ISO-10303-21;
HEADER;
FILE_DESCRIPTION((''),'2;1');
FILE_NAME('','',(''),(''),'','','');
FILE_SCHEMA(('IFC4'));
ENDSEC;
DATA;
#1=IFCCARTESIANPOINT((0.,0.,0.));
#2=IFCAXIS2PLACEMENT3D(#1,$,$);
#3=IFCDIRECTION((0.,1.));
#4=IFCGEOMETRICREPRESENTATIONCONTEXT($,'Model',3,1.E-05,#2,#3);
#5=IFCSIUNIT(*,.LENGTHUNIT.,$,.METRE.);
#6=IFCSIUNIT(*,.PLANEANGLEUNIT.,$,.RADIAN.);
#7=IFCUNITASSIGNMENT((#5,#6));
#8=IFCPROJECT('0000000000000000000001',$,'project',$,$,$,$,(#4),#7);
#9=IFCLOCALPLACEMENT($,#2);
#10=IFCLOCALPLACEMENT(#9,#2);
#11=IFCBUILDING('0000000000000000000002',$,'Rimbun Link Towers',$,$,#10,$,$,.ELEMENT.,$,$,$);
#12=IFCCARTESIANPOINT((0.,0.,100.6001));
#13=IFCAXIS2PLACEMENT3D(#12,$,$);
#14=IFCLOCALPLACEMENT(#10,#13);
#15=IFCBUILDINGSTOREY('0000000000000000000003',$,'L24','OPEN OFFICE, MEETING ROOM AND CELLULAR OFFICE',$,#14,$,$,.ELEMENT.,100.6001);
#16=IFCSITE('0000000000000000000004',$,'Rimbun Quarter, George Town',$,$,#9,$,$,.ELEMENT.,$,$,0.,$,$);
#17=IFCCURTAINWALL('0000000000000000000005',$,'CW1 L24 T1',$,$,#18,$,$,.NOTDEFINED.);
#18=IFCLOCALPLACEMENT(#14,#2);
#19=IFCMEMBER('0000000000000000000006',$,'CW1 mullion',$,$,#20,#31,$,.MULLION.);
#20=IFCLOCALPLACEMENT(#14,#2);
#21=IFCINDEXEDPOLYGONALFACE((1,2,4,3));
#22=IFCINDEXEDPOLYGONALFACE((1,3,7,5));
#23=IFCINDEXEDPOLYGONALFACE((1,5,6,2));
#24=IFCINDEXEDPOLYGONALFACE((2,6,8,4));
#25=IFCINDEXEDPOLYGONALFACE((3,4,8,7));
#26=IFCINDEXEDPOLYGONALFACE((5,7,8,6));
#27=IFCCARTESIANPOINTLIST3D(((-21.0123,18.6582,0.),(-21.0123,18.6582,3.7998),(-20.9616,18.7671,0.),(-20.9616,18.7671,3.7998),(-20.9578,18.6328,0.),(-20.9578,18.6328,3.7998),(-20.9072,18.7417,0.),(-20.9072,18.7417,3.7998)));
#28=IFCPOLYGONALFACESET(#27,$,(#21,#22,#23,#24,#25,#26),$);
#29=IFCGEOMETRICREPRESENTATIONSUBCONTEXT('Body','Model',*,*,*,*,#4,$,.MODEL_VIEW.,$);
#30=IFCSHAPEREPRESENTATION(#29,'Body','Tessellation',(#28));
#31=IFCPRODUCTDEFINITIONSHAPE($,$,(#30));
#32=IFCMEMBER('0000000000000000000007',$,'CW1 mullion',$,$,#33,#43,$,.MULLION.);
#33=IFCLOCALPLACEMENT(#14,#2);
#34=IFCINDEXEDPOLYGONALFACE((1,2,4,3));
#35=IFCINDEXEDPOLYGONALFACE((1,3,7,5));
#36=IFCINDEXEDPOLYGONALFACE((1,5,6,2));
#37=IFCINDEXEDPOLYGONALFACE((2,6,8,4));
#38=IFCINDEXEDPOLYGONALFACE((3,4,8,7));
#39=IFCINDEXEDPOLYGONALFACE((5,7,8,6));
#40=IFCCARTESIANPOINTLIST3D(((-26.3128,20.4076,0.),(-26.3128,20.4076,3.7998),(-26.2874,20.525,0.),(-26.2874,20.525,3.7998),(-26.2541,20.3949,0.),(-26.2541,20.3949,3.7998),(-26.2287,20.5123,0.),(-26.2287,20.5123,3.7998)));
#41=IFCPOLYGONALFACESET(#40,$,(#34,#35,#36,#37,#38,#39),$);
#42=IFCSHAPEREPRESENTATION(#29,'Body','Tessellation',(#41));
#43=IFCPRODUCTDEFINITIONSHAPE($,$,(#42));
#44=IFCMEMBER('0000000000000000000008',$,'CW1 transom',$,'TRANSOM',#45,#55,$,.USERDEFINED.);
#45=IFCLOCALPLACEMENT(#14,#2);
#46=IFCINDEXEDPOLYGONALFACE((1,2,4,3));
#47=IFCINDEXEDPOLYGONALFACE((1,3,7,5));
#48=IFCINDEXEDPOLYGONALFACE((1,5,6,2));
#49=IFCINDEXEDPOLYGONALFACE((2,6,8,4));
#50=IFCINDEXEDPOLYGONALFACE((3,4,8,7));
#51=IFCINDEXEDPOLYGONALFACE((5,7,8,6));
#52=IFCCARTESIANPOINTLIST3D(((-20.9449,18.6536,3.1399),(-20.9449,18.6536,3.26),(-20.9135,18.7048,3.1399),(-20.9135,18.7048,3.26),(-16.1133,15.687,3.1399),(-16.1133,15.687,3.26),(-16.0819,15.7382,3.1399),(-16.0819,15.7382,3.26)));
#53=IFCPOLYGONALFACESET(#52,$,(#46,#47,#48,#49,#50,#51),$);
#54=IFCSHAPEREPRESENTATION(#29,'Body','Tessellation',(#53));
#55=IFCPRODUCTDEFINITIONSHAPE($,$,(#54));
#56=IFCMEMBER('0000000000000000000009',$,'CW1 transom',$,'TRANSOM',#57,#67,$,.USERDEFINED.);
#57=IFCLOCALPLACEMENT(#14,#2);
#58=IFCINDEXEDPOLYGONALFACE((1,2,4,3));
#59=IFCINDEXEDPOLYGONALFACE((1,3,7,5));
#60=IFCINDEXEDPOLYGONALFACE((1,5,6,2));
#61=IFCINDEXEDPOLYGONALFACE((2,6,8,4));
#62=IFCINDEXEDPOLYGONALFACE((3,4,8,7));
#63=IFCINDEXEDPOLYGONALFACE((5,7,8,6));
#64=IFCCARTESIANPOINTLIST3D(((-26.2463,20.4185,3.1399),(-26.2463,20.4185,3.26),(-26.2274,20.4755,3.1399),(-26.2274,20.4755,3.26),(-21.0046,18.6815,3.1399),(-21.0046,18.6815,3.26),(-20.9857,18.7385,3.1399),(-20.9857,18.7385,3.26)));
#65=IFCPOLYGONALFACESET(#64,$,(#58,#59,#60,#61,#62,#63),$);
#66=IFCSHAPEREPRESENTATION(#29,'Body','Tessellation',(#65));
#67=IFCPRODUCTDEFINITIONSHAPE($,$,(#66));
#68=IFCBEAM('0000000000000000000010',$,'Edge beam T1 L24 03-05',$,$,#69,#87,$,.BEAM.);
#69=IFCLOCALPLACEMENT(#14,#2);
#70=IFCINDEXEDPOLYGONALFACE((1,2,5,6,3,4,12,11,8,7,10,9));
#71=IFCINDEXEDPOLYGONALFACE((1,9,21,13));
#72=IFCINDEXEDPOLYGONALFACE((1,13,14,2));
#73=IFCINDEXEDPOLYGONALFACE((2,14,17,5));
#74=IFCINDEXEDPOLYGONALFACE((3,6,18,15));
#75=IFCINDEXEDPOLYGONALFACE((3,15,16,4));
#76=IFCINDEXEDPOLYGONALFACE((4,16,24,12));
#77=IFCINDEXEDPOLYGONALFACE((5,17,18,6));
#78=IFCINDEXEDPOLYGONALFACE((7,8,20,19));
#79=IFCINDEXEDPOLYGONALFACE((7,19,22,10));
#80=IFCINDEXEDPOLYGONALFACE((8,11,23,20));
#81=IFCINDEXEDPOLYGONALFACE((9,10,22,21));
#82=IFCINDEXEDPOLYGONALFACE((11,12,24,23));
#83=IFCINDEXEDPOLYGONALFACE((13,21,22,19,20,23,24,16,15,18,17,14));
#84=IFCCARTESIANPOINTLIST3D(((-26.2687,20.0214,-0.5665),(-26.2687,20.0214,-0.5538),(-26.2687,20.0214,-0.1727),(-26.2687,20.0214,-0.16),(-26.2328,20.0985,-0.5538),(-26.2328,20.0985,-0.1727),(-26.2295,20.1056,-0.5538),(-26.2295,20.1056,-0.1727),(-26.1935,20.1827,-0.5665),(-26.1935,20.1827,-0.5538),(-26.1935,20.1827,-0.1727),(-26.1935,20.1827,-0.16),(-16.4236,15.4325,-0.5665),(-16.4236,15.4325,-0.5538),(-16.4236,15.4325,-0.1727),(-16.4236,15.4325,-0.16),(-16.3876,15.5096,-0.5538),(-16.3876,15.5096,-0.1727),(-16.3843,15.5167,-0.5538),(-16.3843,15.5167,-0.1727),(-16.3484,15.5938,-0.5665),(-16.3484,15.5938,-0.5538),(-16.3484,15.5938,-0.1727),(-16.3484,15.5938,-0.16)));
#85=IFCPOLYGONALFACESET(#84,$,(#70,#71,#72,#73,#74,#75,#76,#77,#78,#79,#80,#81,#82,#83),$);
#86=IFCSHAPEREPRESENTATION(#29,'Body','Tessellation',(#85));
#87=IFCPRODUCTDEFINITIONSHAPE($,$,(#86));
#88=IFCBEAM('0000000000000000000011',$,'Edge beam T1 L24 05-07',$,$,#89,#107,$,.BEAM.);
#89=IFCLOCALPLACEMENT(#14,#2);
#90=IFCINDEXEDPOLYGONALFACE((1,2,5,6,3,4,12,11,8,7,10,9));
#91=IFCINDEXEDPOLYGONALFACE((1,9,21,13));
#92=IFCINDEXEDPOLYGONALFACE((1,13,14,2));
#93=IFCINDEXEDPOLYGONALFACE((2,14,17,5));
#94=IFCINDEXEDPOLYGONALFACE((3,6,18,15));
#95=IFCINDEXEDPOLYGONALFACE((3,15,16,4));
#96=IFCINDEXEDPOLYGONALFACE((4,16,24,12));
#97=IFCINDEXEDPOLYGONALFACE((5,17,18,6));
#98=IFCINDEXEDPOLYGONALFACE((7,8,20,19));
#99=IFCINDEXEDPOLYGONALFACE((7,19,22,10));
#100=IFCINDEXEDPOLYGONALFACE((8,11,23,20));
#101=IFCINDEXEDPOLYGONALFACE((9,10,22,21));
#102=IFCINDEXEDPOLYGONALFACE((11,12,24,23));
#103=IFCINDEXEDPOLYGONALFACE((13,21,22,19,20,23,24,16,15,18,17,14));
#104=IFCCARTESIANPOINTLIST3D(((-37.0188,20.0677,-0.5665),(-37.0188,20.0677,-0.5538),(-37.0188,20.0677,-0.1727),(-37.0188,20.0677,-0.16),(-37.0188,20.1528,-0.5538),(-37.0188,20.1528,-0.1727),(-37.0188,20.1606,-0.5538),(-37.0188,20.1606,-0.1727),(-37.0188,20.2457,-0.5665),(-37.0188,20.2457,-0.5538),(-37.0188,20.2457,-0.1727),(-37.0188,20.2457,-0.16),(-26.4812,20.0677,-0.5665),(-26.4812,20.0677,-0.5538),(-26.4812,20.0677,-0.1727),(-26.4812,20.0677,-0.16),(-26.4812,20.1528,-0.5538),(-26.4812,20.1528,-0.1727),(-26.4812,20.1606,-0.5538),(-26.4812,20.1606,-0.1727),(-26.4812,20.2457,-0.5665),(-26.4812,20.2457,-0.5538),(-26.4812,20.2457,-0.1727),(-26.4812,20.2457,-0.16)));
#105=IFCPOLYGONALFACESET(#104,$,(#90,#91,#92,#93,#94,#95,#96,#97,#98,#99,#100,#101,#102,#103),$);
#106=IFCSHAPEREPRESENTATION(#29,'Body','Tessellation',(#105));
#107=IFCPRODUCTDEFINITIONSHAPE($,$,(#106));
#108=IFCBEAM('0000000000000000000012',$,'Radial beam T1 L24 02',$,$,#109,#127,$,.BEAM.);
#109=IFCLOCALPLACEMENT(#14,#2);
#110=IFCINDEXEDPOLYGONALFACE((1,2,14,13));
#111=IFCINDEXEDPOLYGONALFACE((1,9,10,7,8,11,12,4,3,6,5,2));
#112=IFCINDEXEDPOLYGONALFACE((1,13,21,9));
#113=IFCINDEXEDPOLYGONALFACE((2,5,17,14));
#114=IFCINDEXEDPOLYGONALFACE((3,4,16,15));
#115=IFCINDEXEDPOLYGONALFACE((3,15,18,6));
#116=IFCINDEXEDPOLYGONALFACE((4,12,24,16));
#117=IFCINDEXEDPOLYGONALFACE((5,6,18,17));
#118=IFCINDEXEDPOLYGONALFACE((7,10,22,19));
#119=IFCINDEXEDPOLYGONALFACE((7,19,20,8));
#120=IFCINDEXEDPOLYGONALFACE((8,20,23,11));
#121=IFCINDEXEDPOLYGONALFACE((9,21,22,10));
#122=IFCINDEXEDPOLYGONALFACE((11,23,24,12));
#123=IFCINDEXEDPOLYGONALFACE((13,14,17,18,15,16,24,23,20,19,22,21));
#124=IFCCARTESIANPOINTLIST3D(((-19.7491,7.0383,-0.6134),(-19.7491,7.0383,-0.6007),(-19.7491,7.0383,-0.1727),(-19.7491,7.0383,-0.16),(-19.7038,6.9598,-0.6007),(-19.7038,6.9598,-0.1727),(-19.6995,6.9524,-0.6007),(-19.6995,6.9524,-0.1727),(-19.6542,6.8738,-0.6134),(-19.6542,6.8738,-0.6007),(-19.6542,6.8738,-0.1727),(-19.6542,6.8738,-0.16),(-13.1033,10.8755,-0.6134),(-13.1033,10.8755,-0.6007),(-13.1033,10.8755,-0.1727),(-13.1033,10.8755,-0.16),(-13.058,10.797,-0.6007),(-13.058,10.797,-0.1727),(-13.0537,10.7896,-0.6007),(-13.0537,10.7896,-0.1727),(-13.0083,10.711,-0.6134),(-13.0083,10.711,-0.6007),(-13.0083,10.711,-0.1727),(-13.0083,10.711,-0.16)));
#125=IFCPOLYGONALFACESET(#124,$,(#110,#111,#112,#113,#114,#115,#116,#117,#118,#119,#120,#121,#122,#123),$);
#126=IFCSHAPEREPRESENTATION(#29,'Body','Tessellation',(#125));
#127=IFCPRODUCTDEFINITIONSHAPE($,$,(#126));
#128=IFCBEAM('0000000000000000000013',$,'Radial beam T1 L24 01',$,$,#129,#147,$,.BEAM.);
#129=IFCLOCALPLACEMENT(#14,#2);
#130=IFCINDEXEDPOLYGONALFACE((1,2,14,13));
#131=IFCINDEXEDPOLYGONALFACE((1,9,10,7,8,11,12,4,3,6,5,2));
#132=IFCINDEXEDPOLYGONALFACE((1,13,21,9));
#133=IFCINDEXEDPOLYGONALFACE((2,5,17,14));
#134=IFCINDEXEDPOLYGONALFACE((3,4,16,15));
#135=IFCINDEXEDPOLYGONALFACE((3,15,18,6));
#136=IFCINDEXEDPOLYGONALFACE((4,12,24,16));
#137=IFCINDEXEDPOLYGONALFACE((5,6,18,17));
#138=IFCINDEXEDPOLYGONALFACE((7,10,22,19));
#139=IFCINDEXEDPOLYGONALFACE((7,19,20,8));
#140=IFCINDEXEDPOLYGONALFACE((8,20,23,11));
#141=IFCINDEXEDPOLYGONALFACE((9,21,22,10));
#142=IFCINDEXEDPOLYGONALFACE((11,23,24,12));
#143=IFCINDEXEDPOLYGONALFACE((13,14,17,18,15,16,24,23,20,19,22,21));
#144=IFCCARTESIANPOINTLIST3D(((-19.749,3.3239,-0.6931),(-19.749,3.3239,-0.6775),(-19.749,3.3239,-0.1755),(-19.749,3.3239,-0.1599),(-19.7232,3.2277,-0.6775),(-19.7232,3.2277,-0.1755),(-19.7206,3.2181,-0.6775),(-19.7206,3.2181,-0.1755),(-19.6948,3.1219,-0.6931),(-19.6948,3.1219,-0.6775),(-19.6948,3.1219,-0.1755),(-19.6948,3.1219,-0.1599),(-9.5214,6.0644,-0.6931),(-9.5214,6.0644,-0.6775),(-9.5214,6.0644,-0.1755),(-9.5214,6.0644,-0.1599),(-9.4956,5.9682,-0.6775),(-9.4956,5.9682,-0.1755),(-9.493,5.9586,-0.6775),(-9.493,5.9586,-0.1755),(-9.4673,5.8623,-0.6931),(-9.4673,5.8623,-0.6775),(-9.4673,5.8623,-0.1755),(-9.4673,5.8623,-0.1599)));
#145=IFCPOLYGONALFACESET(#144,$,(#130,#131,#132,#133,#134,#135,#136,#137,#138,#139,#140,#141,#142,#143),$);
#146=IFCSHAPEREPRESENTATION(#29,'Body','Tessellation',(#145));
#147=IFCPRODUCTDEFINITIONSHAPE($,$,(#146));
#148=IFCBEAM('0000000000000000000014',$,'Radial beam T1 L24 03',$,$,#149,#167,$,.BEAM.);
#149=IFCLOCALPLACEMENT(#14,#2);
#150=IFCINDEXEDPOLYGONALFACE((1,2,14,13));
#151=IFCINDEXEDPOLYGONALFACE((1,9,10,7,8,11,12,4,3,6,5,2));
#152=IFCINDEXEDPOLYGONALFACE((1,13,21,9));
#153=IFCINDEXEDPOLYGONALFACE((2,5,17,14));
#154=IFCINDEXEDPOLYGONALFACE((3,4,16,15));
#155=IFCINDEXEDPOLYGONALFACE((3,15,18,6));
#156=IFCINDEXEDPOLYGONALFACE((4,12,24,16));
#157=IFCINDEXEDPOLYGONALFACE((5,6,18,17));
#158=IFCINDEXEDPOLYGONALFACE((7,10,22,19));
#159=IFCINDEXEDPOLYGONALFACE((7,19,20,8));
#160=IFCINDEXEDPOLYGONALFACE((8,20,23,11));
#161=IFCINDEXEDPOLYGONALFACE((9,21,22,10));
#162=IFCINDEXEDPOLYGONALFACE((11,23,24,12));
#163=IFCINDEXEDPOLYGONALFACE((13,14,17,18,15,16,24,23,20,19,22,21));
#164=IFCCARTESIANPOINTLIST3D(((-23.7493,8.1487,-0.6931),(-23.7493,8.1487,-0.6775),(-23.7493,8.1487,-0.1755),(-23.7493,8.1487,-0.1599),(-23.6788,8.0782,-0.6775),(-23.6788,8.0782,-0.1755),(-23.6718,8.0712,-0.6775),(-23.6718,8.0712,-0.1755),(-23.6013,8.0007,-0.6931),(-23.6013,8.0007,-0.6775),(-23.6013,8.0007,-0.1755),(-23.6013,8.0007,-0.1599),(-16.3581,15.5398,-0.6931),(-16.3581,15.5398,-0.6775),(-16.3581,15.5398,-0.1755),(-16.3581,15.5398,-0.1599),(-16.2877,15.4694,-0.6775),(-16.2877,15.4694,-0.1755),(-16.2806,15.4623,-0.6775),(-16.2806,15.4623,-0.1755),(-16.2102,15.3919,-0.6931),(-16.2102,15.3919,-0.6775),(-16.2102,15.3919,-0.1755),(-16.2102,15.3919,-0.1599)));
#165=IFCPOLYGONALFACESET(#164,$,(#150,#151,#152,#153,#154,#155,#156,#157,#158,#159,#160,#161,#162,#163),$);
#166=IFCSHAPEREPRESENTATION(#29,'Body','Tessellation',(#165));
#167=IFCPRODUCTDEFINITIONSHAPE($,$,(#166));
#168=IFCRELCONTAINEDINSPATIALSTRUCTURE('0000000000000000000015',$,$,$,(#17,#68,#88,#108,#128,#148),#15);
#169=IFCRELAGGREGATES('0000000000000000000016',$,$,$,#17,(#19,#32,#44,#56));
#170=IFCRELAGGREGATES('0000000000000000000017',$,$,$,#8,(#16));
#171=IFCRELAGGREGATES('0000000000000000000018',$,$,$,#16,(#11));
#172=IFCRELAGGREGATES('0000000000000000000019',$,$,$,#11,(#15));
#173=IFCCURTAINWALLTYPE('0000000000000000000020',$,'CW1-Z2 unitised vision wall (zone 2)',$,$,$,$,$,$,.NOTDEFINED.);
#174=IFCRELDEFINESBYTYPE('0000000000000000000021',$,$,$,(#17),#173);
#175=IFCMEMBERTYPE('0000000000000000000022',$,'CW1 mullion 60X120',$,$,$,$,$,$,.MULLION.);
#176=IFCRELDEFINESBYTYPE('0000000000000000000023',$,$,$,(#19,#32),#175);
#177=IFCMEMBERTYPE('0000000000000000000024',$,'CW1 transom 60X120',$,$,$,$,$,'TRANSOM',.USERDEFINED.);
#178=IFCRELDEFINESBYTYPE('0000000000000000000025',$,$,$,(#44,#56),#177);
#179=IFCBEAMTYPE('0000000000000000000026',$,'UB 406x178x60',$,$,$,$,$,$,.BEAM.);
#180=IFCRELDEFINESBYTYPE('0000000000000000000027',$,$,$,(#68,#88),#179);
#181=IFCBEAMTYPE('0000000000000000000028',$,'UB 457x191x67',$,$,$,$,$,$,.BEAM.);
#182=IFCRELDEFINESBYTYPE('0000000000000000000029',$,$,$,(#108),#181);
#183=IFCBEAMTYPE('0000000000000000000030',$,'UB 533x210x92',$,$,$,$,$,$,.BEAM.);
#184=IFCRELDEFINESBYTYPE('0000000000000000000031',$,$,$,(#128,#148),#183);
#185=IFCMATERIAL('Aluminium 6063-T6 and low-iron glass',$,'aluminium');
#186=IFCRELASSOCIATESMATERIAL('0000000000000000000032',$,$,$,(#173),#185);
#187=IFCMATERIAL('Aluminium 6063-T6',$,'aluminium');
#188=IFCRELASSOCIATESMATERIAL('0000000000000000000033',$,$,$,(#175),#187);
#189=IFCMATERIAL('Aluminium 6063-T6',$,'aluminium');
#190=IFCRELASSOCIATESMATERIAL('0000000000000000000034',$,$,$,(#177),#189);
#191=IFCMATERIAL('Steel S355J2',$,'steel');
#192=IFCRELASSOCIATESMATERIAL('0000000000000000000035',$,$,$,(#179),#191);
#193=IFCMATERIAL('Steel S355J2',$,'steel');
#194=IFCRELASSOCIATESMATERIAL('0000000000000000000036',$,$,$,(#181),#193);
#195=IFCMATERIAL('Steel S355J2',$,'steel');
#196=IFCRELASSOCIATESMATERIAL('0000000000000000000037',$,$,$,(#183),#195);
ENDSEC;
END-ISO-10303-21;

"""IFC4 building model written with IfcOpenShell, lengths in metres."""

from ifc_helpers import new_model, si_unit, direction, frame, origin, origin_2d, place, context, subcontext, project, spatial, rectangle, i_section, extrude, material, material_profile, profile_set, type_object, element, aggregate, save


model = new_model("IFC4")

# Units and contexts
model_context = context("Model", 3, precision=1e-05, world=origin(), true_north=direction((0.0, 1.0)))
body_context = subcontext(model_context, "Body", "Model", "MODEL_VIEW")
ifc_project = project(units=[si_unit("LENGTHUNIT", "METRE"), si_unit("PLANEANGLEUNIT", "RADIAN")], contexts=[model_context])

# Site, building, storey
site_placement = place(None, origin())
site = spatial("IfcSite", under=ifc_project, at=site_placement, Name="Rimbun Quarter, George Town", CompositionType="ELEMENT", RefElevation=0.0)
building_placement = place(site_placement, origin())
building = spatial("IfcBuilding", under=site, at=building_placement, Name="Rimbun Link Towers", CompositionType="ELEMENT")
storey_placement = place(building_placement, frame((0.0, 0.0, 100.6001)))
storey = spatial("IfcBuildingStorey", under=building, at=storey_placement, Name="L24", Description="OPEN OFFICE, MEETING ROOM AND CELLULAR OFFICE", CompositionType="ELEMENT", Elevation=100.6001)

# Curtain wall, members
ifc_material_1 = material(Name="Aluminium 6063-T6 and low-iron glass", Category="aluminium")
curtain_wall_type = type_object("IfcCurtainWallType", Name="CW1-Z2 unitised vision wall (zone 2)", PredefinedType="NOTDEFINED", material=ifc_material_1)
curtain_wall_placement = place(storey_placement, origin())
curtain_wall = element("IfcCurtainWall", 1, at=curtain_wall_placement, inside=storey, type_object=curtain_wall_type, Name="CW1 L24 T1", PredefinedType="NOTDEFINED")
ifc_material_2 = material(Name="Aluminium 6063-T6", Category="aluminium")
ifc_material_profile_1 = material_profile(ifc_material_2, rectangle(XDim=0.1201, YDim=0.0601, at=origin_2d()), Name="MULLION 60X120")
ifc_profile_set_1 = profile_set([ifc_material_profile_1], Name="Aluminium 6063-T6")
member_type_1 = type_object("IfcMemberType", Name="CW1 mullion 60X120", PredefinedType="MULLION", material=ifc_profile_set_1)
member_1_placement = place(storey_placement, frame((-20.9597, 18.7, 0.0), z_axis=(0.0, 0.0, 1.0), x_axis=(0.421699, 0.906736, 0.0)))
member_1 = element("IfcMember", 2, at=member_1_placement, type_object=member_type_1, Name="CW1 mullion", PredefinedType="MULLION", context=body_context, shape_type="SweptSolid", body=[
    extrude(rectangle(XDim=0.1201, YDim=0.0601, at=origin_2d()), origin(), (0.0, 0.0, 1.0), 3.7998),
])
member_2_placement = place(storey_placement, frame((-26.2708, 20.46, 0.0), z_axis=(0.0, 0.0, 1.0), x_axis=(0.210863, 0.977516, 0.0)))
member_2 = element("IfcMember", 3, at=member_2_placement, type_object=member_type_1, Name="CW1 mullion", PredefinedType="MULLION", context=body_context, shape_type="SweptSolid", body=[
    extrude(rectangle(XDim=0.1201, YDim=0.0601, at=origin_2d()), origin(), (0.0, 0.0, 1.0), 3.7998),
])
ifc_material_3 = material(Name="Aluminium 6063-T6", Category="aluminium")
ifc_material_profile_2 = material_profile(ifc_material_3, rectangle(XDim=0.0601, YDim=0.1201, at=origin_2d()), Name="TRANSOM 60X120")
ifc_profile_set_2 = profile_set([ifc_material_profile_2], Name="Aluminium 6063-T6")
member_type_2 = type_object("IfcMemberType", Name="CW1 transom 60X120", ElementType="TRANSOM", PredefinedType="USERDEFINED", material=ifc_profile_set_2)
member_3_placement = place(storey_placement, frame((-20.9292, 18.6792, 3.2), z_axis=(0.852186, -0.523239, 0.0), x_axis=(0.523239, 0.852186, 0.0)))
member_3 = element("IfcMember", 4, at=member_3_placement, type_object=member_type_2, Name="CW1 transom", ObjectType="TRANSOM", PredefinedType="USERDEFINED", context=body_context, shape_type="SweptSolid", body=[
    extrude(rectangle(XDim=0.0601, YDim=0.1201, at=origin_2d()), origin(), (0.0, 0.0, 1.0), 5.6697),
])
member_4_placement = place(storey_placement, frame((-26.2368, 20.447, 3.2), z_axis=(0.949235, -0.314569, 0.0), x_axis=(0.314569, 0.949235, 0.0)))
member_4 = element("IfcMember", 5, at=member_4_placement, type_object=member_type_2, Name="CW1 transom", ObjectType="TRANSOM", PredefinedType="USERDEFINED", context=body_context, shape_type="SweptSolid", body=[
    extrude(rectangle(XDim=0.0601, YDim=0.1201, at=origin_2d()), origin(), (0.0, 0.0, 1.0), 5.522),
])

# Beams
ifc_material_4 = material(Name="Steel S355J2", Category="steel")
ifc_material_profile_3 = material_profile(ifc_material_4, i_section(OverallWidth=0.178, OverallDepth=0.4065, WebThickness=0.0078, FlangeThickness=0.0127, at=origin_2d()), Name="UB 406x178x60")
ifc_profile_set_3 = profile_set([ifc_material_profile_3], Name="Steel S355J2")
beam_type_1 = type_object("IfcBeamType", Name="UB 406x178x60", PredefinedType="BEAM", material=ifc_profile_set_3)
beam_1_placement = place(storey_placement, frame((-16.386, 15.5132, -0.3633), z_axis=(-0.906379, 0.422465, 0.0), x_axis=(-0.422465, -0.906379, 0.0)))
element("IfcBeam", 6, at=beam_1_placement, inside=storey, type_object=beam_type_1, Name="Edge beam T1 L24 03-05", PredefinedType="BEAM", context=body_context, shape_type="SweptSolid", body=[
    extrude(i_section(OverallWidth=0.178, OverallDepth=0.4065, WebThickness=0.0078, FlangeThickness=0.0127, at=origin_2d()), origin(), (0.0, 0.0, 1.0), 10.8621),
])
beam_2_placement = place(storey_placement, frame((-26.4812, 20.1567, -0.3633), z_axis=(-1.0, 0.0, 0.0), x_axis=(0.0, -1.0, 0.0)))
element("IfcBeam", 7, at=beam_2_placement, inside=storey, type_object=beam_type_1, Name="Edge beam T1 L24 05-07", PredefinedType="BEAM", context=body_context, shape_type="SweptSolid", body=[
    extrude(i_section(OverallWidth=0.178, OverallDepth=0.4065, WebThickness=0.0078, FlangeThickness=0.0127, at=origin_2d()), origin(), (0.0, 0.0, 1.0), 10.5376),
])
ifc_material_5 = material(Name="Steel S355J2", Category="steel")
ifc_material_profile_4 = material_profile(ifc_material_5, i_section(OverallWidth=0.1899, OverallDepth=0.4534, WebThickness=0.0085, FlangeThickness=0.0127, at=origin_2d()), Name="UB 457x191x67")
ifc_profile_set_4 = profile_set([ifc_material_profile_4], Name="Steel S355J2")
beam_type_2 = type_object("IfcBeamType", Name="UB 457x191x67", PredefinedType="BEAM", material=ifc_profile_set_4)
beam_3_placement = place(storey_placement, frame((-19.7017, 6.9561, -0.3867), z_axis=(0.866012, 0.500023, 0.0), x_axis=(-0.500023, 0.866012, 0.0)))
element("IfcBeam", 8, at=beam_3_placement, inside=storey, type_object=beam_type_2, Name="Radial beam T1 L24 02", PredefinedType="BEAM", context=body_context, shape_type="SweptSolid", body=[
    extrude(i_section(OverallWidth=0.1899, OverallDepth=0.4534, WebThickness=0.0085, FlangeThickness=0.0127, at=origin_2d()), origin(), (0.0, 0.0, 1.0), 7.6741),
])
ifc_material_6 = material(Name="Steel S355J2", Category="steel")
ifc_material_profile_5 = material_profile(ifc_material_6, i_section(OverallWidth=0.2092, OverallDepth=0.5332, WebThickness=0.01, FlangeThickness=0.0156, at=origin_2d()), Name="UB 533x210x92")
ifc_profile_set_5 = profile_set([ifc_material_profile_5], Name="Steel S355J2")
beam_type_3 = type_object("IfcBeamType", Name="UB 533x210x92", PredefinedType="BEAM", material=ifc_profile_set_5)
beam_4_placement = place(storey_placement, frame((-19.7219, 3.2229, -0.4265), z_axis=(0.965925, 0.258821, 0.0), x_axis=(-0.258821, 0.965925, 0.0)))
element("IfcBeam", 9, at=beam_4_placement, inside=storey, type_object=beam_type_3, Name="Radial beam T1 L24 01", PredefinedType="BEAM", context=body_context, shape_type="SweptSolid", body=[
    extrude(i_section(OverallWidth=0.2092, OverallDepth=0.5332, WebThickness=0.01, FlangeThickness=0.0156, at=origin_2d()), origin(), (0.0, 0.0, 1.0), 10.5884),
])
beam_5_placement = place(storey_placement, frame((-23.6753, 8.0747, -0.4265), z_axis=(0.707107, 0.707107, 0.0), x_axis=(-0.707107, 0.707107, 0.0)))
element("IfcBeam", 10, at=beam_5_placement, inside=storey, type_object=beam_type_3, Name="Radial beam T1 L24 03", PredefinedType="BEAM", context=body_context, shape_type="SweptSolid", body=[
    extrude(i_section(OverallWidth=0.2092, OverallDepth=0.5332, WebThickness=0.01, FlangeThickness=0.0156, at=origin_2d()), origin(), (0.0, 0.0, 1.0), 10.4526),
])

aggregate(curtain_wall, [member_1, member_2, member_3, member_4])

save(model, "model.ifc")
